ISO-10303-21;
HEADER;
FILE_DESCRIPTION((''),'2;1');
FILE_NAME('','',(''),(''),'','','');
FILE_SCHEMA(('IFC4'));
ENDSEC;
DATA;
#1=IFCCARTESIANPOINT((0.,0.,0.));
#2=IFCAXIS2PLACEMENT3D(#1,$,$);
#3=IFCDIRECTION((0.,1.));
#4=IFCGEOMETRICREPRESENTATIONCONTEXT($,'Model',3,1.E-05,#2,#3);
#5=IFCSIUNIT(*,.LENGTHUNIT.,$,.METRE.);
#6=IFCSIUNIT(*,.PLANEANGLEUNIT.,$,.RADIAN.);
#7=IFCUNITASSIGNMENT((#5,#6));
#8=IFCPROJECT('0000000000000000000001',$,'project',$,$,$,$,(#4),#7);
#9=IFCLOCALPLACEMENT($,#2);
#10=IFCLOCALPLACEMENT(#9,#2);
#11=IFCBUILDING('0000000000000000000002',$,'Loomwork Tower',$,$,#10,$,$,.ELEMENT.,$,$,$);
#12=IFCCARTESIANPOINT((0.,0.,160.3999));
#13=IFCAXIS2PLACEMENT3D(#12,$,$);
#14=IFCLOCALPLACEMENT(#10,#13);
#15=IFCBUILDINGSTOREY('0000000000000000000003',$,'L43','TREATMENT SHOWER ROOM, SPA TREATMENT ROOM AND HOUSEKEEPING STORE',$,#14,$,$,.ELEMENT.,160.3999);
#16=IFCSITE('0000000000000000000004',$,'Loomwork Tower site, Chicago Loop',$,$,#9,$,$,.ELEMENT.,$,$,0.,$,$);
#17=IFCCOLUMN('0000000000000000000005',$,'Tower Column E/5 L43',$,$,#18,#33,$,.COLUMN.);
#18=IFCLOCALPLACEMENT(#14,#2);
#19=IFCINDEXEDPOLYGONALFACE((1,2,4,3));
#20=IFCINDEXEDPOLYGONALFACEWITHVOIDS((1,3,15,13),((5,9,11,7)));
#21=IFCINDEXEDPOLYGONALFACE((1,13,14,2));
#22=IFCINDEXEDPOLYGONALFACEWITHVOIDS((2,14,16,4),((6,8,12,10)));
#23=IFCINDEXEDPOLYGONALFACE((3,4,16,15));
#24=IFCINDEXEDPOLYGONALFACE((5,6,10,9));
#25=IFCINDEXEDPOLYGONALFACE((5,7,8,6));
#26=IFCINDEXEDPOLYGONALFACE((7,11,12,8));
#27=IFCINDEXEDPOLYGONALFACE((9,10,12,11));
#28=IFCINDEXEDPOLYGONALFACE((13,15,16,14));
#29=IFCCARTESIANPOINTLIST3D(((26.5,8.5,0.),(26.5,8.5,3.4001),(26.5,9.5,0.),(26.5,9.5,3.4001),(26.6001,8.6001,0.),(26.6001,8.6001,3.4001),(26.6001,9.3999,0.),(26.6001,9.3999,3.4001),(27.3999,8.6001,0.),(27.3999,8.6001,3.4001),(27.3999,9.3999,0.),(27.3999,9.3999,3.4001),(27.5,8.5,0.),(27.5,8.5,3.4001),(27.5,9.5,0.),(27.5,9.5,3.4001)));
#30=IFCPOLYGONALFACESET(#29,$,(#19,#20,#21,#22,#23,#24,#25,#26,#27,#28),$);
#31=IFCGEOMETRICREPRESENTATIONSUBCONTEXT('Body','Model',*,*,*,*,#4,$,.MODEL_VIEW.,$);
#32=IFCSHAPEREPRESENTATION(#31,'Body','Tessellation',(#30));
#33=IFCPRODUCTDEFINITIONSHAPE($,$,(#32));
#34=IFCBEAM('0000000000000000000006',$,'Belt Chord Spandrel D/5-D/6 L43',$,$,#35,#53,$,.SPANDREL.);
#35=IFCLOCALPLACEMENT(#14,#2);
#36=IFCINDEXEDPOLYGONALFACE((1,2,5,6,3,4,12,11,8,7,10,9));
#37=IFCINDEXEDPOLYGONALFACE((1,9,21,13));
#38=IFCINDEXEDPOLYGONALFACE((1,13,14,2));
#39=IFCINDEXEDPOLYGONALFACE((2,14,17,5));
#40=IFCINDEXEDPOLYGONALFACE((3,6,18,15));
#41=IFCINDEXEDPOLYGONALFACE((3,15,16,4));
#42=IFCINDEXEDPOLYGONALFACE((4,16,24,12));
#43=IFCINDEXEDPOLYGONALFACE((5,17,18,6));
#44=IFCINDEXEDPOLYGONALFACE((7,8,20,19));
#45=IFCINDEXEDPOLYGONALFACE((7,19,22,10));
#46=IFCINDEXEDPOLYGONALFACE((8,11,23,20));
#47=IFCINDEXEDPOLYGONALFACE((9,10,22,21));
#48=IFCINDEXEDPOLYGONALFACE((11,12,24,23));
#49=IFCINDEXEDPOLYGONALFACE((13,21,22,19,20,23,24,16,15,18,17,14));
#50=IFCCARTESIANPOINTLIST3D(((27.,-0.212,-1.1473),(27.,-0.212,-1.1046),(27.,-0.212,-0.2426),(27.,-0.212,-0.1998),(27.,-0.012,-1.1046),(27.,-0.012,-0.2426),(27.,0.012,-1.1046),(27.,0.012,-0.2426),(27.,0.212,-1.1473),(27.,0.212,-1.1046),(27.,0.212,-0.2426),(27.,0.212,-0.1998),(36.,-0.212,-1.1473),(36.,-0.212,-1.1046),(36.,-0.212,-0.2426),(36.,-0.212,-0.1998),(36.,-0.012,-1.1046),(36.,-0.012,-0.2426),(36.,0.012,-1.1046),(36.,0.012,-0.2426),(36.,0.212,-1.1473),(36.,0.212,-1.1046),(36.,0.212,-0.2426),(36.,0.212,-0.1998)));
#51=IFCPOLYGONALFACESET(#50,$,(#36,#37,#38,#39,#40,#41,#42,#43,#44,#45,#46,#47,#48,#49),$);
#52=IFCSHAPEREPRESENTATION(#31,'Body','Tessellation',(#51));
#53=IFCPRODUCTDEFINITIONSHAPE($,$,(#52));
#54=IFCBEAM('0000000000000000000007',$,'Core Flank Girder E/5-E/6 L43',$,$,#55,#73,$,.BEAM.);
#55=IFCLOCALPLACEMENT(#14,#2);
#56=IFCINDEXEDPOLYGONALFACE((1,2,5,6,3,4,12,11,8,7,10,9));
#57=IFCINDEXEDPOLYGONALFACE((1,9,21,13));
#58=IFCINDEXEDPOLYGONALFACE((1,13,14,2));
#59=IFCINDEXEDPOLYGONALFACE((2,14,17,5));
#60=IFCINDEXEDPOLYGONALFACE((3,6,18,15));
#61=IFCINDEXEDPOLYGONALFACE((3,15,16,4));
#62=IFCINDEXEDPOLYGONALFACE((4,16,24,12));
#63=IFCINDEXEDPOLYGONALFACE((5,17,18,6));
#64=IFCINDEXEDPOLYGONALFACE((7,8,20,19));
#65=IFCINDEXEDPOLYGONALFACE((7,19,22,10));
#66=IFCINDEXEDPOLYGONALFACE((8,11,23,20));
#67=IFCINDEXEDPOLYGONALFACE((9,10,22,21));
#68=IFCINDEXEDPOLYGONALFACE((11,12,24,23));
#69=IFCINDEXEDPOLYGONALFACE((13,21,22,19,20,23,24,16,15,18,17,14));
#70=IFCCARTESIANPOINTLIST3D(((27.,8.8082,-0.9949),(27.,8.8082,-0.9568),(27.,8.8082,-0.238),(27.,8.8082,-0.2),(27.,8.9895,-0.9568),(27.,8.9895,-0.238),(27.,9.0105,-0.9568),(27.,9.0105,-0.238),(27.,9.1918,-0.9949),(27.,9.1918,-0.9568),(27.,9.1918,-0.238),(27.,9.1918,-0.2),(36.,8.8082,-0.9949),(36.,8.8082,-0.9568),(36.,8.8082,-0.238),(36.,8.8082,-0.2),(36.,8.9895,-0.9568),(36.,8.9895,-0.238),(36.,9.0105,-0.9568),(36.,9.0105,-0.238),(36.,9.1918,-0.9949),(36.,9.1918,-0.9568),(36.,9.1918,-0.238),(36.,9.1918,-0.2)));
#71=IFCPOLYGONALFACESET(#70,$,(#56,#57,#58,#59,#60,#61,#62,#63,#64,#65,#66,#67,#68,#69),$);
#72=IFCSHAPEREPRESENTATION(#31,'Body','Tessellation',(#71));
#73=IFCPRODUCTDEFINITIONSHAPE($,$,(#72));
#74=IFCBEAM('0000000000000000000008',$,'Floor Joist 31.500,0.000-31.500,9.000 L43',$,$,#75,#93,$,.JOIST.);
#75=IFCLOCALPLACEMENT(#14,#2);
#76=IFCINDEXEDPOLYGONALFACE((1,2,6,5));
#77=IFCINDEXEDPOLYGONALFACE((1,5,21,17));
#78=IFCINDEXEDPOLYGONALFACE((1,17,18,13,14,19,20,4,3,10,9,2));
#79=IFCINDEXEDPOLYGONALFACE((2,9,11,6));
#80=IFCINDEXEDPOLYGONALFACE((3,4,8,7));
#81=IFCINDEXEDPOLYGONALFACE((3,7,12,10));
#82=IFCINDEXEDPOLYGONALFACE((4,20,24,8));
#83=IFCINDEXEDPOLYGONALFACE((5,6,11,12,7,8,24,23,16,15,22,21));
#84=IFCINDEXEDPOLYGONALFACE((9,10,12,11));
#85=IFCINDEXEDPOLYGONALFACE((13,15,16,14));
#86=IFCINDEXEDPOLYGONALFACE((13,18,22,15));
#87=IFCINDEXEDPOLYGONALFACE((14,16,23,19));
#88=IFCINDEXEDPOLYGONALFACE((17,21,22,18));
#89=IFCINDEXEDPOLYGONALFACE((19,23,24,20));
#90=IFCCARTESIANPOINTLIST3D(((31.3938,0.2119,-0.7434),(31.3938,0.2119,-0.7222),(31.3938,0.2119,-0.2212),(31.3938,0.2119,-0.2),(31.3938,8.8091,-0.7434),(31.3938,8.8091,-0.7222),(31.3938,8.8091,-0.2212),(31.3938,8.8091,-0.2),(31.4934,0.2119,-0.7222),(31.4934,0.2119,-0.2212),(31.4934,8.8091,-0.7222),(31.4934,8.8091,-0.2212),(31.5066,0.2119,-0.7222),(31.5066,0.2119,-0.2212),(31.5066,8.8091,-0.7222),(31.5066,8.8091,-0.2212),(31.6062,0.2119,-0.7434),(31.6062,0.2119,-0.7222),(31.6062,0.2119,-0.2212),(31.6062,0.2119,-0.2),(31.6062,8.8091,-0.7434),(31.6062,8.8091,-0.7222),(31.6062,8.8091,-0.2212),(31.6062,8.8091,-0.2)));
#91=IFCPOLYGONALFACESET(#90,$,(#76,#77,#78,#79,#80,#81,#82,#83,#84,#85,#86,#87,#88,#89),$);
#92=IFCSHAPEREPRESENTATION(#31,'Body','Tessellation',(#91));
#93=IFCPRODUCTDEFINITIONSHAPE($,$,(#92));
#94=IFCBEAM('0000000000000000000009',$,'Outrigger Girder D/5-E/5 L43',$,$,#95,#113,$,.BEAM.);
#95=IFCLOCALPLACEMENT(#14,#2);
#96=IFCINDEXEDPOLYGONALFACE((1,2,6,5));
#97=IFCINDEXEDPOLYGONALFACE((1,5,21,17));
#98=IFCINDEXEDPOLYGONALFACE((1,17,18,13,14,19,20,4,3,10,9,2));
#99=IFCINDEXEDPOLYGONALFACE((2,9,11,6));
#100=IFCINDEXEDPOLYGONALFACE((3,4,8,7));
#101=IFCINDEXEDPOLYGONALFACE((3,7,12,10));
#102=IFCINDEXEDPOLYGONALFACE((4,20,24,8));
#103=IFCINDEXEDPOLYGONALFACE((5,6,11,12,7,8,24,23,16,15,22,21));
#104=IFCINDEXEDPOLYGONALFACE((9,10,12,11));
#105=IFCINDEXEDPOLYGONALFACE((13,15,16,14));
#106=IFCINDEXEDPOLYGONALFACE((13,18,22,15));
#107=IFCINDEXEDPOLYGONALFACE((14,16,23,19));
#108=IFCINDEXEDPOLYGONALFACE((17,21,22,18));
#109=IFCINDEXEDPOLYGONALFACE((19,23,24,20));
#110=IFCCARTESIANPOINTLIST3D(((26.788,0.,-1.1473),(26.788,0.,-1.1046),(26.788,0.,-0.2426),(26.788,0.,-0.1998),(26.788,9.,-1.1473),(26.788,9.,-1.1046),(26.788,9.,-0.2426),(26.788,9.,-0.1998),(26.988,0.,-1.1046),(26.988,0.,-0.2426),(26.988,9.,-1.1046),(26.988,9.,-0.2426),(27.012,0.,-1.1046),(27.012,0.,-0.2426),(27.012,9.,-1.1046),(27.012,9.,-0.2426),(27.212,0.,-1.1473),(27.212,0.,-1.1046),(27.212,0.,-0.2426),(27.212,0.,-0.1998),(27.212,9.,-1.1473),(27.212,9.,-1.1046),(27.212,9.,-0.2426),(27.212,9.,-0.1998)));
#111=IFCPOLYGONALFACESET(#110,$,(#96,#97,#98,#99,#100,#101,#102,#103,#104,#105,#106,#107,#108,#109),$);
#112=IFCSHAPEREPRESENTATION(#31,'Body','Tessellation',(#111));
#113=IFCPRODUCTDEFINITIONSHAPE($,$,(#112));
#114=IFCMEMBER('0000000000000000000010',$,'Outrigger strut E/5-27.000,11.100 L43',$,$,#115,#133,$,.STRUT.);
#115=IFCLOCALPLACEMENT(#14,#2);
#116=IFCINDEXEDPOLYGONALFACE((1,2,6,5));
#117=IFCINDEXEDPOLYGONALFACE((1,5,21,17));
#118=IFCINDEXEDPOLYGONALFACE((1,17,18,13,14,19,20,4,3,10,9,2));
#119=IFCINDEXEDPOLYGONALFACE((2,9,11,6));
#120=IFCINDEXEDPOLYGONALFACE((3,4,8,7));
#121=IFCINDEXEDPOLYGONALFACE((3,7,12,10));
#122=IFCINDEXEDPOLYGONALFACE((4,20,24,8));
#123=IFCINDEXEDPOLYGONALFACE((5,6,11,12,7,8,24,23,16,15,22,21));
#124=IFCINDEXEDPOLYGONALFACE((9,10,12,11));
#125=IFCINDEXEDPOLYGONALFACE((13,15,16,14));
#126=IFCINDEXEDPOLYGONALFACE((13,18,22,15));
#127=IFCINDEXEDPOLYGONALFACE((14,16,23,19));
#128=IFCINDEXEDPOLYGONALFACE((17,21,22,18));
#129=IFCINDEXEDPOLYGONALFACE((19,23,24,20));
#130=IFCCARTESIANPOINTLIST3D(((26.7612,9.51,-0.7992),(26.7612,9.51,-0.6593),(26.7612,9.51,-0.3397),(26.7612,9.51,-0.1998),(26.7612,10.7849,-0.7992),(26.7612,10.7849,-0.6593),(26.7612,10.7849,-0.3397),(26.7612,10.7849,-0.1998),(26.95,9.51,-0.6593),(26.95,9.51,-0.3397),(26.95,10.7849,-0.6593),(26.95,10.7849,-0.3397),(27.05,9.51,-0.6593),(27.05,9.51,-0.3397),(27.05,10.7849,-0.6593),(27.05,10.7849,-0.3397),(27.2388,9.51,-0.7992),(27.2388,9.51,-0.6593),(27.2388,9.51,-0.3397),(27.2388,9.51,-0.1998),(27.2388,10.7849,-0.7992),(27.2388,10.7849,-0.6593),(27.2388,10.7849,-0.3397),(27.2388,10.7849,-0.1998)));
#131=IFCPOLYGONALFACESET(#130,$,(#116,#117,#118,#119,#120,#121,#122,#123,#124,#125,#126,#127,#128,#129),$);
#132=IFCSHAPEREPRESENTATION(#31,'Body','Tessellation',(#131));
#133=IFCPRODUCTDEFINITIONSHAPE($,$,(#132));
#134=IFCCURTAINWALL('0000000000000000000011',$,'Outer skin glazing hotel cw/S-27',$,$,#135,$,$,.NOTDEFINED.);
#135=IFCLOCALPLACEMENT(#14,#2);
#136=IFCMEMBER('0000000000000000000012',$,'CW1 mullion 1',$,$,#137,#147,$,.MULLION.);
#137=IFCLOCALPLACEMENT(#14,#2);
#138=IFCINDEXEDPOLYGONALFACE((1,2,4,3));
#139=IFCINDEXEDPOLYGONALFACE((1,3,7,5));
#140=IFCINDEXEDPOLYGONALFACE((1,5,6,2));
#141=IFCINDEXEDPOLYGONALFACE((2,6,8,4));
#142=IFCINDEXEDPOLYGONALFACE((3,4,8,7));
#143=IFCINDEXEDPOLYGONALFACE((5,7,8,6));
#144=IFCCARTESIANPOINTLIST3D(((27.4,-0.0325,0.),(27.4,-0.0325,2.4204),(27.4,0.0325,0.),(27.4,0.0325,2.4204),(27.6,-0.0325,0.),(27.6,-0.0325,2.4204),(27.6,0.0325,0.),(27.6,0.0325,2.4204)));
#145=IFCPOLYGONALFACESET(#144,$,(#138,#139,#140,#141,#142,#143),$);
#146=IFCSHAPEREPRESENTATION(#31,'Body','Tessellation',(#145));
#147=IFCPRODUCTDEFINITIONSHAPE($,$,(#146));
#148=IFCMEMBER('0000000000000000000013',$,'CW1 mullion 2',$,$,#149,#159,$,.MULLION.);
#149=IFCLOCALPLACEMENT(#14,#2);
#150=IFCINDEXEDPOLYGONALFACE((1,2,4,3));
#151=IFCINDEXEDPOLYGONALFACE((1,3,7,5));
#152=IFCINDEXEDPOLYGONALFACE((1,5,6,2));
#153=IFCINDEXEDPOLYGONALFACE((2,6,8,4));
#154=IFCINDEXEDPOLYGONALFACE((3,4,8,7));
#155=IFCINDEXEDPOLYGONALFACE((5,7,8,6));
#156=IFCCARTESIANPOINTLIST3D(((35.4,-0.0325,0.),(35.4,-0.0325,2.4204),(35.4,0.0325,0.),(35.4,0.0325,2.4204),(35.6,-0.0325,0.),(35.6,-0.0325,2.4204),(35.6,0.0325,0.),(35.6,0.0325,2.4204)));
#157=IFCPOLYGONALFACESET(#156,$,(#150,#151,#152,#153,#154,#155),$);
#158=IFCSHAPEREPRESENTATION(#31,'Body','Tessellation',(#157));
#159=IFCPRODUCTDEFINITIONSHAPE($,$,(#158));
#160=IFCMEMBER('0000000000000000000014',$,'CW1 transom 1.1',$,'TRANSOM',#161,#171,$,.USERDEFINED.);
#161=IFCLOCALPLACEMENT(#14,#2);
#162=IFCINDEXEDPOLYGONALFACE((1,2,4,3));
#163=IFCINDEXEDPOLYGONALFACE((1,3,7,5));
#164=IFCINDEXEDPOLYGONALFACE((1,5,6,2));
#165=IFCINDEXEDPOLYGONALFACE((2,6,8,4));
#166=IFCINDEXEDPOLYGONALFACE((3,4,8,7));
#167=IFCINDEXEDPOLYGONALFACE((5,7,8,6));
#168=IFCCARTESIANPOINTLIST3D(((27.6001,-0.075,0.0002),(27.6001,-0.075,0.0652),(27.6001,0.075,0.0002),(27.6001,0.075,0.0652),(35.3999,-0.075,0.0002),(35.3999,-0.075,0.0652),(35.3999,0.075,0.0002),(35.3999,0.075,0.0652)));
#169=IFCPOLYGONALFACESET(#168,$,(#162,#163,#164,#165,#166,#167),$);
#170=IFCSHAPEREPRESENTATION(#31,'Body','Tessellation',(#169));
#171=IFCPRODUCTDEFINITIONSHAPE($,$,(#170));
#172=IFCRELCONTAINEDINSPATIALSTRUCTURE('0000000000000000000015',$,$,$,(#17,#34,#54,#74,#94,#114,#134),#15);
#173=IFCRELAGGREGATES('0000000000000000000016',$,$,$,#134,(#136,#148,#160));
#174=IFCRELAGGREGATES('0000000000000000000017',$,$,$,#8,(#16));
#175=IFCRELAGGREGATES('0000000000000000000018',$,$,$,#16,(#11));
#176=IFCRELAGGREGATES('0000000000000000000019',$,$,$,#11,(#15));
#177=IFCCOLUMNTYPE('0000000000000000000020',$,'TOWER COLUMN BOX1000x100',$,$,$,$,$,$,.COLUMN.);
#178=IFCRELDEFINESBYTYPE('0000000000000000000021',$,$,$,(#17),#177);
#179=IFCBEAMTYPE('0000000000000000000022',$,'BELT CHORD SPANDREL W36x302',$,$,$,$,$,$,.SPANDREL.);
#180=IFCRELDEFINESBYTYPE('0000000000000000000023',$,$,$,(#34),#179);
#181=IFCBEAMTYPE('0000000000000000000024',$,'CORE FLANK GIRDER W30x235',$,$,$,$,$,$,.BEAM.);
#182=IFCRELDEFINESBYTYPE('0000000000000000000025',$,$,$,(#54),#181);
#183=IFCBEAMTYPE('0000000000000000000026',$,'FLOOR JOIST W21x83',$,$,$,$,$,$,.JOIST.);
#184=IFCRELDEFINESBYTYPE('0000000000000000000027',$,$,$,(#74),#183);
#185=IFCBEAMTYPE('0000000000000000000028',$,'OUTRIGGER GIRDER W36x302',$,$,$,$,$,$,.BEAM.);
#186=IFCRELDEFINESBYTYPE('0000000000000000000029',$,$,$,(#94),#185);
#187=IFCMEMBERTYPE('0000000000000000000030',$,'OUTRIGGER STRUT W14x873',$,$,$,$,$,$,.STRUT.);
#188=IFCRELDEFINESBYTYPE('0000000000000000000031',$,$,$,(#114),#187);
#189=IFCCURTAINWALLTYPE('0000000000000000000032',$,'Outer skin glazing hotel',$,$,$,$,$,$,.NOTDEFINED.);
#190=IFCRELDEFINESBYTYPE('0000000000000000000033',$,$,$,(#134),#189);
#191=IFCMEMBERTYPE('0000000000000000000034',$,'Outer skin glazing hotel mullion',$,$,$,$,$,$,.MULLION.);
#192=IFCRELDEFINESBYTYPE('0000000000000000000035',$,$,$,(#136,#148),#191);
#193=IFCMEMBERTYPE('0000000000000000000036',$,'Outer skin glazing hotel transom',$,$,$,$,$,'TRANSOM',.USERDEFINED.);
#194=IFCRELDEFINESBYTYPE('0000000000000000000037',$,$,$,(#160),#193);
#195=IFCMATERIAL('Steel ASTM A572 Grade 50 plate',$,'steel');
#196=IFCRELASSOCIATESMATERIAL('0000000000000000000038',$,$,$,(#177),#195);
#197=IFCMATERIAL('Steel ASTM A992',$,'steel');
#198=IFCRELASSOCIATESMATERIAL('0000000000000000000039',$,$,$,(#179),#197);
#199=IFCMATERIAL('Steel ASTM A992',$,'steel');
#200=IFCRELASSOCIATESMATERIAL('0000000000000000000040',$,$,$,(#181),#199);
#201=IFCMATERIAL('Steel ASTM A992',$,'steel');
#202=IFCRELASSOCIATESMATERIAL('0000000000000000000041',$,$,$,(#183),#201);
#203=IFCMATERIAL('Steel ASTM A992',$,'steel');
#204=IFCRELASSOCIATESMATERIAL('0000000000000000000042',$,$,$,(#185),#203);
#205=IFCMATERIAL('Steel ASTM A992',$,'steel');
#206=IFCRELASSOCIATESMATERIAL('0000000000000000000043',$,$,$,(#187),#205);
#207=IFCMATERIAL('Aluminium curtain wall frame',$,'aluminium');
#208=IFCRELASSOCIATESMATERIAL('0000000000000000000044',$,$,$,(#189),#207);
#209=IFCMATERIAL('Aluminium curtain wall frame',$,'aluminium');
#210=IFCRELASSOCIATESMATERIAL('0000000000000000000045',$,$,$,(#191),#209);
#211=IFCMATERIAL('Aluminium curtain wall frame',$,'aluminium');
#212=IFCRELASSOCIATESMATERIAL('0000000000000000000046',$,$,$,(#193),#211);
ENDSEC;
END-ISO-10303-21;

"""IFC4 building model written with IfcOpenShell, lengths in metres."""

from ifc_helpers import new_model, si_unit, direction, frame, origin, origin_2d, place, context, subcontext, project, spatial, rectangle, hollow_rectangle, i_section, extrude, material, material_profile, profile_set, type_object, element, aggregate, save


model = new_model("IFC4")

# Units and contexts
model_context = context("Model", 3, precision=1e-05, world=origin(), true_north=direction((0.0, 1.0)))
body_context = subcontext(model_context, "Body", "Model", "MODEL_VIEW")
ifc_project = project(units=[si_unit("LENGTHUNIT", "METRE"), si_unit("PLANEANGLEUNIT", "RADIAN")], contexts=[model_context])

# Site, building, storey
site_placement = place(None, origin())
site = spatial("IfcSite", under=ifc_project, at=site_placement, Name="Loomwork Tower site, Chicago Loop", CompositionType="ELEMENT", RefElevation=0.0)
building_placement = place(site_placement, origin())
building = spatial("IfcBuilding", under=site, at=building_placement, Name="Loomwork Tower", CompositionType="ELEMENT")
storey_placement = place(building_placement, frame((0.0, 0.0, 160.3999)))
storey = spatial("IfcBuildingStorey", under=building, at=storey_placement, Name="L43", Description="TREATMENT SHOWER ROOM, SPA TREATMENT ROOM AND HOUSEKEEPING STORE", CompositionType="ELEMENT", Elevation=160.3999)

# Column
ifc_material_1 = material(Name="Steel ASTM A572 Grade 50 plate", Category="steel")
ifc_material_profile_1 = material_profile(ifc_material_1, hollow_rectangle(XDim=1.0, YDim=1.0, WallThickness=0.1001, at=origin_2d()), Name="BOX1000x100")
ifc_profile_set_1 = profile_set([ifc_material_profile_1], Name="Steel ASTM A572 Grade 50 plate")
column_type = type_object("IfcColumnType", Name="TOWER COLUMN BOX1000x100", PredefinedType="COLUMN", material=ifc_profile_set_1)
column_placement = place(storey_placement, frame((27.0, 9.0, 0.0), z_axis=(0.0, 0.0, 1.0), x_axis=(1.0, 0.0, 0.0)))
element("IfcColumn", 1, at=column_placement, inside=storey, type_object=column_type, Name="Tower Column E/5 L43", PredefinedType="COLUMN", context=body_context, shape_type="SweptSolid", body=[
    extrude(hollow_rectangle(XDim=1.0, YDim=1.0, WallThickness=0.1001, at=origin_2d()), origin(), (0.0, 0.0, 1.0), 3.4001),
])

# Beams
ifc_material_2 = material(Name="Steel ASTM A992", Category="steel")
ifc_material_profile_2 = material_profile(ifc_material_2, i_section(OverallWidth=0.4241, OverallDepth=0.9475, WebThickness=0.0239, FlangeThickness=0.0427, at=origin_2d()), Name="W36x302")
ifc_profile_set_2 = profile_set([ifc_material_profile_2], Name="Steel ASTM A992")
beam_type_1 = type_object("IfcBeamType", Name="BELT CHORD SPANDREL W36x302", PredefinedType="SPANDREL", material=ifc_profile_set_2)
beam_1_placement = place(storey_placement, frame((27.0, 0.0, -0.6736), z_axis=(1.0, 0.0, 0.0), x_axis=(0.0, 1.0, 0.0)))
element("IfcBeam", 2, at=beam_1_placement, inside=storey, type_object=beam_type_1, Name="Belt Chord Spandrel D/5-D/6 L43", PredefinedType="SPANDREL", context=body_context, shape_type="SweptSolid", body=[
    extrude(i_section(OverallWidth=0.4241, OverallDepth=0.9475, WebThickness=0.0239, FlangeThickness=0.0427, at=origin_2d()), origin(), (0.0, 0.0, 1.0), 9.0),
])
ifc_material_3 = material(Name="Steel ASTM A992", Category="steel")
ifc_material_profile_3 = material_profile(ifc_material_3, i_section(OverallWidth=0.3835, OverallDepth=0.7949, WebThickness=0.021, FlangeThickness=0.0381, at=origin_2d()), Name="W30x235")
ifc_profile_set_3 = profile_set([ifc_material_profile_3], Name="Steel ASTM A992")
beam_type_2 = type_object("IfcBeamType", Name="CORE FLANK GIRDER W30x235", PredefinedType="BEAM", material=ifc_profile_set_3)
beam_2_placement = place(storey_placement, frame((27.0, 9.0, -0.5974), z_axis=(1.0, 0.0, 0.0), x_axis=(0.0, 1.0, 0.0)))
element("IfcBeam", 3, at=beam_2_placement, inside=storey, type_object=beam_type_2, Name="Core Flank Girder E/5-E/6 L43", PredefinedType="BEAM", context=body_context, shape_type="SweptSolid", body=[
    extrude(i_section(OverallWidth=0.3835, OverallDepth=0.7949, WebThickness=0.021, FlangeThickness=0.0381, at=origin_2d()), origin(), (0.0, 0.0, 1.0), 9.0),
])
ifc_material_4 = material(Name="Steel ASTM A992", Category="steel")
ifc_material_profile_4 = material_profile(ifc_material_4, i_section(OverallWidth=0.2124, OverallDepth=0.5435, WebThickness=0.0132, FlangeThickness=0.0212, at=origin_2d()), Name="W21x83")
ifc_profile_set_4 = profile_set([ifc_material_profile_4], Name="Steel ASTM A992")
beam_type_3 = type_object("IfcBeamType", Name="FLOOR JOIST W21x83", PredefinedType="JOIST", material=ifc_profile_set_4)
beam_3_placement = place(storey_placement, frame((31.5, 0.2119, -0.4717), z_axis=(0.0, 1.0, 0.0), x_axis=(-1.0, 0.0, 0.0)))
element("IfcBeam", 4, at=beam_3_placement, inside=storey, type_object=beam_type_3, Name="Floor Joist 31.500,0.000-31.500,9.000 L43", PredefinedType="JOIST", context=body_context, shape_type="SweptSolid", body=[
    extrude(i_section(OverallWidth=0.2124, OverallDepth=0.5435, WebThickness=0.0132, FlangeThickness=0.0212, at=origin_2d()), origin(), (0.0, 0.0, 1.0), 8.5972),
])
ifc_material_5 = material(Name="Steel ASTM A992", Category="steel")
ifc_material_profile_5 = material_profile(ifc_material_5, i_section(OverallWidth=0.4241, OverallDepth=0.9475, WebThickness=0.0239, FlangeThickness=0.0427, at=origin_2d()), Name="W36x302")
ifc_profile_set_5 = profile_set([ifc_material_profile_5], Name="Steel ASTM A992")
beam_type_4 = type_object("IfcBeamType", Name="OUTRIGGER GIRDER W36x302", PredefinedType="BEAM", material=ifc_profile_set_5)
beam_4_placement = place(storey_placement, frame((27.0, 0.0, -0.6736), z_axis=(0.0, 1.0, 0.0), x_axis=(-1.0, 0.0, 0.0)))
element("IfcBeam", 5, at=beam_4_placement, inside=storey, type_object=beam_type_4, Name="Outrigger Girder D/5-E/5 L43", PredefinedType="BEAM", context=body_context, shape_type="SweptSolid", body=[
    extrude(i_section(OverallWidth=0.4241, OverallDepth=0.9475, WebThickness=0.0239, FlangeThickness=0.0427, at=origin_2d()), origin(), (0.0, 0.0, 1.0), 9.0),
])

# Member
ifc_material_6 = material(Name="Steel ASTM A992", Category="steel")
ifc_material_profile_6 = material_profile(ifc_material_6, i_section(OverallWidth=0.4775, OverallDepth=0.5994, WebThickness=0.1001, FlangeThickness=0.1399, at=origin_2d()), Name="W14x873")
ifc_profile_set_6 = profile_set([ifc_material_profile_6], Name="Steel ASTM A992")
member_type_1 = type_object("IfcMemberType", Name="OUTRIGGER STRUT W14x873", PredefinedType="STRUT", material=ifc_profile_set_6)
member_1_placement = place(storey_placement, frame((27.0, 9.51, -0.4995), z_axis=(0.0, 1.0, 0.0), x_axis=(-1.0, 0.0, 0.0)))
element("IfcMember", 6, at=member_1_placement, inside=storey, type_object=member_type_1, Name="Outrigger strut E/5-27.000,11.100 L43", PredefinedType="STRUT", context=body_context, shape_type="SweptSolid", body=[
    extrude(i_section(OverallWidth=0.4775, OverallDepth=0.5994, WebThickness=0.1001, FlangeThickness=0.1399, at=origin_2d()), origin(), (0.0, 0.0, 1.0), 1.2749),
])

# Curtain wall, members
ifc_material_7 = material(Name="Aluminium curtain wall frame", Category="aluminium")
curtain_wall_type = type_object("IfcCurtainWallType", Name="Outer skin glazing hotel", PredefinedType="NOTDEFINED", material=ifc_material_7)
curtain_wall_placement = place(storey_placement, origin())
curtain_wall = element("IfcCurtainWall", 7, at=curtain_wall_placement, inside=storey, type_object=curtain_wall_type, Name="Outer skin glazing hotel cw/S-27", PredefinedType="NOTDEFINED")
ifc_material_8 = material(Name="Aluminium curtain wall frame", Category="aluminium")
ifc_material_profile_7 = material_profile(ifc_material_8, rectangle(XDim=0.0649, YDim=0.2, at=origin_2d()), Name="AL 65x200")
ifc_profile_set_7 = profile_set([ifc_material_profile_7], Name="Aluminium curtain wall frame")
member_type_2 = type_object("IfcMemberType", Name="Outer skin glazing hotel mullion", PredefinedType="MULLION", material=ifc_profile_set_7)
member_2_placement = place(storey_placement, frame((27.5, 0.0, 0.0), z_axis=(0.0, 0.0, 1.0), x_axis=(0.0, 1.0, 0.0)))
member_2 = element("IfcMember", 8, at=member_2_placement, type_object=member_type_2, Name="CW1 mullion 1", PredefinedType="MULLION", context=body_context, shape_type="SweptSolid", body=[
    extrude(rectangle(XDim=0.0649, YDim=0.2, at=origin_2d()), origin(), (0.0, 0.0, 1.0), 2.4204),
])
member_3_placement = place(storey_placement, frame((35.5, 0.0, 0.0), z_axis=(0.0, 0.0, 1.0), x_axis=(0.0, 1.0, 0.0)))
member_3 = element("IfcMember", 9, at=member_3_placement, type_object=member_type_2, Name="CW1 mullion 2", PredefinedType="MULLION", context=body_context, shape_type="SweptSolid", body=[
    extrude(rectangle(XDim=0.0649, YDim=0.2, at=origin_2d()), origin(), (0.0, 0.0, 1.0), 2.4204),
])
ifc_material_9 = material(Name="Aluminium curtain wall frame", Category="aluminium")
ifc_material_profile_8 = material_profile(ifc_material_9, rectangle(XDim=0.1499, YDim=0.0649, at=origin_2d()), Name="AL 65x150")
ifc_profile_set_8 = profile_set([ifc_material_profile_8], Name="Aluminium curtain wall frame")
member_type_3 = type_object("IfcMemberType", Name="Outer skin glazing hotel transom", ElementType="TRANSOM", PredefinedType="USERDEFINED", material=ifc_profile_set_8)
member_4_placement = place(storey_placement, frame((27.6001, 0.0, 0.0327), z_axis=(1.0, 0.0, 0.0), x_axis=(0.0, 1.0, 0.0)))
member_4 = element("IfcMember", 10, at=member_4_placement, type_object=member_type_3, Name="CW1 transom 1.1", ObjectType="TRANSOM", PredefinedType="USERDEFINED", context=body_context, shape_type="SweptSolid", body=[
    extrude(rectangle(XDim=0.1499, YDim=0.0649, at=origin_2d()), origin(), (0.0, 0.0, 1.0), 7.7998),
])
aggregate(curtain_wall, [member_2, member_3, member_4])

save(model, "model.ifc")
